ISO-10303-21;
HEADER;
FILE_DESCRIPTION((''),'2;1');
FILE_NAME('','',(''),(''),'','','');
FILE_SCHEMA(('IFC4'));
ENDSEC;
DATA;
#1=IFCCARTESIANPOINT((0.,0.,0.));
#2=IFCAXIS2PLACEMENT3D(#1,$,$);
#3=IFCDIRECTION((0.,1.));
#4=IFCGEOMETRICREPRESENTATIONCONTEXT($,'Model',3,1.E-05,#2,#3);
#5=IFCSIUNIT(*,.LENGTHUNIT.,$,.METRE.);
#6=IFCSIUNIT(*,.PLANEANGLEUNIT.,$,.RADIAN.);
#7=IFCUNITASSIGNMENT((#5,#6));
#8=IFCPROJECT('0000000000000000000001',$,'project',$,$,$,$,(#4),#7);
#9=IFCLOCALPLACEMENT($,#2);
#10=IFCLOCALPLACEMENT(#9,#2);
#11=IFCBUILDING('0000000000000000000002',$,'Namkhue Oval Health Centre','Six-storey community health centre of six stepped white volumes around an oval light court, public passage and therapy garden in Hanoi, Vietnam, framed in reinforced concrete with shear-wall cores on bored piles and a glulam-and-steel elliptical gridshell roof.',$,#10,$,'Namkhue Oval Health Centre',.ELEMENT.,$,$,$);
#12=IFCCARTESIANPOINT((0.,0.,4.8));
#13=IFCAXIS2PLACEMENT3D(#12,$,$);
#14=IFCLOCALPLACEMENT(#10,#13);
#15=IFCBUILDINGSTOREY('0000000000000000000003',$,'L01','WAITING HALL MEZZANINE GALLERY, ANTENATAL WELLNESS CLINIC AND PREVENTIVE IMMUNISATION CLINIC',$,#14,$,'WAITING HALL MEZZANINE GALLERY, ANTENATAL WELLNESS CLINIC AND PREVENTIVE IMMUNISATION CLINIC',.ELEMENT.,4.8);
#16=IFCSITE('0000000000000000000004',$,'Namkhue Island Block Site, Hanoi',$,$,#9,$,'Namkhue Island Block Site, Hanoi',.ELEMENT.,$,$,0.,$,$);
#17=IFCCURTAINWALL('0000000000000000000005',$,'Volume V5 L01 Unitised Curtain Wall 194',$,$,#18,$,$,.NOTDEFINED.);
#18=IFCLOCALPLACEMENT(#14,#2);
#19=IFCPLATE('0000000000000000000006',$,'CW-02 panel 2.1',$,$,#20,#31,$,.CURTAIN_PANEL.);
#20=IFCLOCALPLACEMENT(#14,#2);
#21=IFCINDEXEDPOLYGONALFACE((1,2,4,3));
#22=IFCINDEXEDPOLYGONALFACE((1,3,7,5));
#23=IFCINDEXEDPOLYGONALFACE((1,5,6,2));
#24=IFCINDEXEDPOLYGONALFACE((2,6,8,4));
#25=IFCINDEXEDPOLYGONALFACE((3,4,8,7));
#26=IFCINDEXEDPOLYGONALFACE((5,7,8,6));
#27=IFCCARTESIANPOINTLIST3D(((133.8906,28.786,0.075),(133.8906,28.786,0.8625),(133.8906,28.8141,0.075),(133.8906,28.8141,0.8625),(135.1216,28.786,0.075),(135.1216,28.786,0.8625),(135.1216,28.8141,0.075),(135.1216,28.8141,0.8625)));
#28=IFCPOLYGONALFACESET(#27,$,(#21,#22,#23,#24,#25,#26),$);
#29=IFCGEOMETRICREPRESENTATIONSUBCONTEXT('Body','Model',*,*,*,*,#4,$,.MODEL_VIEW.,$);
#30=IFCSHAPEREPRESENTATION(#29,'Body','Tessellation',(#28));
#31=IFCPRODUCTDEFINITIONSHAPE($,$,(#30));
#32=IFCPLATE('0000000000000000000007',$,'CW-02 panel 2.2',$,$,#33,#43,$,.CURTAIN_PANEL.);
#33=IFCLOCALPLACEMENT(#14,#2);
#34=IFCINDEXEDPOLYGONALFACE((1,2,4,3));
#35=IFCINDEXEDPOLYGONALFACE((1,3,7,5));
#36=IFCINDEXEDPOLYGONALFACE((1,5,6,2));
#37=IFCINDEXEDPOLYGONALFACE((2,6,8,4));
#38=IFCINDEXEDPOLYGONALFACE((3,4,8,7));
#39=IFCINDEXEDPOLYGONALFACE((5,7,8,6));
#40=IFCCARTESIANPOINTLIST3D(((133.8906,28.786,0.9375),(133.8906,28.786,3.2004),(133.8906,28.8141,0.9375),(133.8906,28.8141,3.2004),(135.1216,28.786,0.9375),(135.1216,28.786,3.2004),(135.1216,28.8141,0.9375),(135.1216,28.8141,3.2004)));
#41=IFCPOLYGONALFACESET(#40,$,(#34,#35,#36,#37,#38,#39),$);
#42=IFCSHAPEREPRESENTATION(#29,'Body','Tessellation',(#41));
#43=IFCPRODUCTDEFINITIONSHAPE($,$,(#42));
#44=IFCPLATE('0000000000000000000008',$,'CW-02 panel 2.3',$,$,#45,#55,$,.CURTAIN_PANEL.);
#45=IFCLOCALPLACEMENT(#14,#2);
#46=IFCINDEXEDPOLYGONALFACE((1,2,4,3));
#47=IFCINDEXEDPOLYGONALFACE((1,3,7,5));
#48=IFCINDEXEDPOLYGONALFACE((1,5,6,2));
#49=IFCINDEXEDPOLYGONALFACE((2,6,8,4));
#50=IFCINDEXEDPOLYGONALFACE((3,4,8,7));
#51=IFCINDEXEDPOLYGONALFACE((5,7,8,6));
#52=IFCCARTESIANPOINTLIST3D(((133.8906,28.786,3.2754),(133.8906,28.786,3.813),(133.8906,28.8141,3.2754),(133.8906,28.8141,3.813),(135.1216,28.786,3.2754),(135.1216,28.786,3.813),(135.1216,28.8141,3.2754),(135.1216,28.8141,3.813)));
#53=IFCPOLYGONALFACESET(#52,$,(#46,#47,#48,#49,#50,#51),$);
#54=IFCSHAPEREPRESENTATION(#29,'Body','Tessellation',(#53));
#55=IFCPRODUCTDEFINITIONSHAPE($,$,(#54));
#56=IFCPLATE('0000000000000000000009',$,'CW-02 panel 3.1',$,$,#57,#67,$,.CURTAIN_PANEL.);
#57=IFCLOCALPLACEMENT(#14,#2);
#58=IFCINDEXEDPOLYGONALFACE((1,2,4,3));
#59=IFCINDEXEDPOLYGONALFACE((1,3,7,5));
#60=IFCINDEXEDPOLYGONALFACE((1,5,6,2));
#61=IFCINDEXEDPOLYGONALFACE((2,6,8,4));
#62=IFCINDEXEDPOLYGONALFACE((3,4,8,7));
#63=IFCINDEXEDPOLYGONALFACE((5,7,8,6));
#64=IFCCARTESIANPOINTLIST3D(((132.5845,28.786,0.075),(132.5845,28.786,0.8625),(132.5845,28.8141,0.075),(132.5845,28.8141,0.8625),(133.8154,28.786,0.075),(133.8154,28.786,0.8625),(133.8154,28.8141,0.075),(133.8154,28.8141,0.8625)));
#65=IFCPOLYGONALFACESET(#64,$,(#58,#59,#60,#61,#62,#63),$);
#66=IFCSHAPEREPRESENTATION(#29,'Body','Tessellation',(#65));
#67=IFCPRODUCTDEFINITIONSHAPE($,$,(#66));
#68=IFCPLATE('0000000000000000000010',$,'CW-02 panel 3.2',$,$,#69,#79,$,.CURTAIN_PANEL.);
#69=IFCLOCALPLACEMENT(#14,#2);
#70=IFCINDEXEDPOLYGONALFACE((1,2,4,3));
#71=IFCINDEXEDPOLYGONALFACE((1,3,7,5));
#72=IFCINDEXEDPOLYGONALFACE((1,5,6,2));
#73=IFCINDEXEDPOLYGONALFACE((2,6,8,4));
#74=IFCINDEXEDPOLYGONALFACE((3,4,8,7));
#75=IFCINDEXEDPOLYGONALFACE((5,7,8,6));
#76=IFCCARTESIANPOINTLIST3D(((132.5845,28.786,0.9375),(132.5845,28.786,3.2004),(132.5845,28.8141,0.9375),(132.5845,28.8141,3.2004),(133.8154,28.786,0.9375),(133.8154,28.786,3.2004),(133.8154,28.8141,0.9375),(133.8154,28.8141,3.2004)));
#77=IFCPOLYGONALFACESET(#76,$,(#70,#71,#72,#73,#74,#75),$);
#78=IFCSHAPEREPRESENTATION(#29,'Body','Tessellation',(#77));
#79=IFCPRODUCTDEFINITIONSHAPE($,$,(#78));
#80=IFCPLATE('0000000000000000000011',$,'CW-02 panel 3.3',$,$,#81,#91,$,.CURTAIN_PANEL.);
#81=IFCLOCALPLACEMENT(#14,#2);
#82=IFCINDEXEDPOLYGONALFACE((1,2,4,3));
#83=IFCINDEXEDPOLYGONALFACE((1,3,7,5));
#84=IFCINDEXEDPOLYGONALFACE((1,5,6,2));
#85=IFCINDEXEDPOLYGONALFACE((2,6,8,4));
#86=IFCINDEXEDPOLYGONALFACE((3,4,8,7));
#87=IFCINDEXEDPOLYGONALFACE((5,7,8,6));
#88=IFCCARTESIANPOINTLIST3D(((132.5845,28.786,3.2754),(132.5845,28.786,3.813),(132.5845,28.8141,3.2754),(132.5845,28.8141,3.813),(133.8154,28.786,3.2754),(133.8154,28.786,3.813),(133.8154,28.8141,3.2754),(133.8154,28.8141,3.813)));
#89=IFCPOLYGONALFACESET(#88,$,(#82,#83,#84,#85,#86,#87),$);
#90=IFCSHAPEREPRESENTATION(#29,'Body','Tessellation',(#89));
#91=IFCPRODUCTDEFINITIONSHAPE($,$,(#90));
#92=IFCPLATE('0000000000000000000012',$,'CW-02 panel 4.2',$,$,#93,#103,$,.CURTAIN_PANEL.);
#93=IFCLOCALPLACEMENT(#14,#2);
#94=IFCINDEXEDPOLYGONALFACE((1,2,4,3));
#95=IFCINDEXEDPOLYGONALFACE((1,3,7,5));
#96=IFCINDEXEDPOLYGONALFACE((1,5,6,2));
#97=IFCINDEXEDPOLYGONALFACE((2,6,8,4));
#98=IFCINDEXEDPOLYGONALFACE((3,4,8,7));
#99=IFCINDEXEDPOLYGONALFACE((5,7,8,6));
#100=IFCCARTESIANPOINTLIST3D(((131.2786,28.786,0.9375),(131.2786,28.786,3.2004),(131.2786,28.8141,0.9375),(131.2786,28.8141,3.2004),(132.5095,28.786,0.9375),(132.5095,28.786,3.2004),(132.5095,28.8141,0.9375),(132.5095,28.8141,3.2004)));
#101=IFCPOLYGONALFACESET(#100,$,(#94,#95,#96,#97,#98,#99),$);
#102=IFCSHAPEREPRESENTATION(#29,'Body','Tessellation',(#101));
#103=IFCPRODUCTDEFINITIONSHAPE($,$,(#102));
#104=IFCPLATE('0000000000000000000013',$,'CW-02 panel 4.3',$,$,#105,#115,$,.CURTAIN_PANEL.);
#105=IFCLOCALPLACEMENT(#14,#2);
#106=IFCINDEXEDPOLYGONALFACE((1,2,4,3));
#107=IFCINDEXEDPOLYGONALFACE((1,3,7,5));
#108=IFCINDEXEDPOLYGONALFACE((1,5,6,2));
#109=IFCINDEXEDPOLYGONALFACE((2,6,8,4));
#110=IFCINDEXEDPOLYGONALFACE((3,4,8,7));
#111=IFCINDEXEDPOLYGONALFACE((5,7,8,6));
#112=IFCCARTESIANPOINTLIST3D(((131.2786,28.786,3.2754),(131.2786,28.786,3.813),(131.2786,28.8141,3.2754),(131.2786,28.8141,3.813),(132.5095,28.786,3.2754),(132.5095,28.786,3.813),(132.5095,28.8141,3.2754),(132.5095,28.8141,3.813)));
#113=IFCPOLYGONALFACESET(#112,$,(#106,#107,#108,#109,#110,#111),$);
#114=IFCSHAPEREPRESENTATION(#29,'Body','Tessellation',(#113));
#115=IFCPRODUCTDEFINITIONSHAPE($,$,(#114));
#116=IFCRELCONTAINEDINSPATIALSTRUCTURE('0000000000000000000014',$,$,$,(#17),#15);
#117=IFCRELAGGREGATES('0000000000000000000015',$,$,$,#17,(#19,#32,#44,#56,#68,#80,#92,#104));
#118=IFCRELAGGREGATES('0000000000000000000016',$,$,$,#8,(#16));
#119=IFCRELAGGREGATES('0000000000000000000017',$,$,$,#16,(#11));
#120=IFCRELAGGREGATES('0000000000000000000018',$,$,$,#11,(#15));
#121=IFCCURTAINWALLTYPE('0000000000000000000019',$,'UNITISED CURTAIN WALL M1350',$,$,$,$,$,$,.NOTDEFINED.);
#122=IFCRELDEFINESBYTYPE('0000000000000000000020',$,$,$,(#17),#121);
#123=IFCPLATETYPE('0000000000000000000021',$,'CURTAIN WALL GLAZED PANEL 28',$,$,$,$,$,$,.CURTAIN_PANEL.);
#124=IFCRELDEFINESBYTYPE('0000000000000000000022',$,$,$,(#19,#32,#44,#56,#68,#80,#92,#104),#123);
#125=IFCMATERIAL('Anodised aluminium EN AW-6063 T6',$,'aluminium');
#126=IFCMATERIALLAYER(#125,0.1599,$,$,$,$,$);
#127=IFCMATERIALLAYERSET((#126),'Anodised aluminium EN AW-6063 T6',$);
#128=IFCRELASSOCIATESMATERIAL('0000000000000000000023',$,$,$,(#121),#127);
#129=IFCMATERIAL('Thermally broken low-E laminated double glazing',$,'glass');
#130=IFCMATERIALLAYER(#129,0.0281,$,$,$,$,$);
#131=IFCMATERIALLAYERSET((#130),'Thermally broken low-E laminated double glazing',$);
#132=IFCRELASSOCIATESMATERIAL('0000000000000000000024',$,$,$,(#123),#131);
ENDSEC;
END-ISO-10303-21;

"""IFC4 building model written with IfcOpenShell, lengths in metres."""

from ifc_helpers import new_model, si_unit, direction, frame, origin, origin_2d, place, context, subcontext, project, spatial, rectangle, extrude, material, layer, layer_set, type_object, element, aggregate, save


model = new_model("IFC4")

# Units and contexts
model_context = context("Model", 3, precision=1e-05, world=origin(), true_north=direction((0.0, 1.0)))
body_context = subcontext(model_context, "Body", "Model", "MODEL_VIEW")
ifc_project = project(units=[si_unit("LENGTHUNIT", "METRE"), si_unit("PLANEANGLEUNIT", "RADIAN")], contexts=[model_context])

# Site, building, storey
site_placement = place(None, origin())
site = spatial("IfcSite", under=ifc_project, at=site_placement, Name="Namkhue Island Block Site, Hanoi", LongName="Namkhue Island Block Site, Hanoi", CompositionType="ELEMENT", RefElevation=0.0)
building_placement = place(site_placement, origin())
building = spatial("IfcBuilding", under=site, at=building_placement, Name="Namkhue Oval Health Centre", Description="Six-storey community health centre of six stepped white volumes around an oval light court, public passage and therapy garden in Hanoi, Vietnam, framed in reinforced concrete with shear-wall cores on bored piles and a glulam-and-steel elliptical gridshell roof.", LongName="Namkhue Oval Health Centre", CompositionType="ELEMENT")
storey_placement = place(building_placement, frame((0.0, 0.0, 4.8)))
storey = spatial("IfcBuildingStorey", under=building, at=storey_placement, Name="L01", Description="WAITING HALL MEZZANINE GALLERY, ANTENATAL WELLNESS CLINIC AND PREVENTIVE IMMUNISATION CLINIC", LongName="WAITING HALL MEZZANINE GALLERY, ANTENATAL WELLNESS CLINIC AND PREVENTIVE IMMUNISATION CLINIC", CompositionType="ELEMENT", Elevation=4.8)

# Curtain wall, plates
ifc_material_1 = material(Name="Anodised aluminium EN AW-6063 T6", Category="aluminium")
ifc_layer_1 = layer(ifc_material_1, 0.1599)
ifc_layer_set_1 = layer_set([ifc_layer_1], Name="Anodised aluminium EN AW-6063 T6")
curtain_wall_type = type_object("IfcCurtainWallType", Name="UNITISED CURTAIN WALL M1350", PredefinedType="NOTDEFINED", material=ifc_layer_set_1)
curtain_wall_placement = place(storey_placement, origin())
curtain_wall = element("IfcCurtainWall", 1, at=curtain_wall_placement, inside=storey, type_object=curtain_wall_type, Name="Volume V5 L01 Unitised Curtain Wall 194", PredefinedType="NOTDEFINED")
ifc_material_2 = material(Name="Thermally broken low-E laminated double glazing", Category="glass")
ifc_layer_2 = layer(ifc_material_2, 0.0281)
ifc_layer_set_2 = layer_set([ifc_layer_2], Name="Thermally broken low-E laminated double glazing")
plate_type = type_object("IfcPlateType", Name="CURTAIN WALL GLAZED PANEL 28", PredefinedType="CURTAIN_PANEL", material=ifc_layer_set_2)
plate_1_placement = place(storey_placement, frame((134.5061, 28.8, 0.075), z_axis=(0.0, 0.0, 1.0), x_axis=(-1.0, 0.0, 0.0)))
plate_1 = element("IfcPlate", 2, at=plate_1_placement, type_object=plate_type, Name="CW-02 panel 2.1", PredefinedType="CURTAIN_PANEL", context=body_context, shape_type="SweptSolid", body=[
    extrude(rectangle(XDim=1.231, YDim=0.0281, at=origin_2d()), origin(), (0.0, 0.0, 1.0), 0.7876),
])
plate_2_placement = place(storey_placement, frame((134.5061, 28.8, 0.9375), z_axis=(0.0, 0.0, 1.0), x_axis=(-1.0, 0.0, 0.0)))
plate_2 = element("IfcPlate", 3, at=plate_2_placement, type_object=plate_type, Name="CW-02 panel 2.2", PredefinedType="CURTAIN_PANEL", context=body_context, shape_type="SweptSolid", body=[
    extrude(rectangle(XDim=1.231, YDim=0.0281, at=origin_2d()), origin(), (0.0, 0.0, 1.0), 2.2629),
])
plate_3_placement = place(storey_placement, frame((134.5061, 28.8, 3.2754), z_axis=(0.0, 0.0, 1.0), x_axis=(-1.0, 0.0, 0.0)))
plate_3 = element("IfcPlate", 4, at=plate_3_placement, type_object=plate_type, Name="CW-02 panel 2.3", PredefinedType="CURTAIN_PANEL", context=body_context, shape_type="SweptSolid", body=[
    extrude(rectangle(XDim=1.231, YDim=0.0281, at=origin_2d()), origin(), (0.0, 0.0, 1.0), 0.5376),
])
plate_4_placement = place(storey_placement, frame((133.2, 28.8, 0.075), z_axis=(0.0, 0.0, 1.0), x_axis=(-1.0, 0.0, 0.0)))
plate_4 = element("IfcPlate", 5, at=plate_4_placement, type_object=plate_type, Name="CW-02 panel 3.1", PredefinedType="CURTAIN_PANEL", context=body_context, shape_type="SweptSolid", body=[
    extrude(rectangle(XDim=1.231, YDim=0.0281, at=origin_2d()), origin(), (0.0, 0.0, 1.0), 0.7876),
])
plate_5_placement = place(storey_placement, frame((133.2, 28.8, 0.9375), z_axis=(0.0, 0.0, 1.0), x_axis=(-1.0, 0.0, 0.0)))
plate_5 = element("IfcPlate", 6, at=plate_5_placement, type_object=plate_type, Name="CW-02 panel 3.2", PredefinedType="CURTAIN_PANEL", context=body_context, shape_type="SweptSolid", body=[
    extrude(rectangle(XDim=1.231, YDim=0.0281, at=origin_2d()), origin(), (0.0, 0.0, 1.0), 2.2629),
])
plate_6_placement = place(storey_placement, frame((133.2, 28.8, 3.2754), z_axis=(0.0, 0.0, 1.0), x_axis=(-1.0, 0.0, 0.0)))
plate_6 = element("IfcPlate", 7, at=plate_6_placement, type_object=plate_type, Name="CW-02 panel 3.3", PredefinedType="CURTAIN_PANEL", context=body_context, shape_type="SweptSolid", body=[
    extrude(rectangle(XDim=1.231, YDim=0.0281, at=origin_2d()), origin(), (0.0, 0.0, 1.0), 0.5376),
])
plate_7_placement = place(storey_placement, frame((131.894, 28.8, 0.9375), z_axis=(0.0, 0.0, 1.0), x_axis=(-1.0, 0.0, 0.0)))
plate_7 = element("IfcPlate", 8, at=plate_7_placement, type_object=plate_type, Name="CW-02 panel 4.2", PredefinedType="CURTAIN_PANEL", context=body_context, shape_type="SweptSolid", body=[
    extrude(rectangle(XDim=1.231, YDim=0.0281, at=origin_2d()), origin(), (0.0, 0.0, 1.0), 2.2629),
])
plate_8_placement = place(storey_placement, frame((131.894, 28.8, 3.2754), z_axis=(0.0, 0.0, 1.0), x_axis=(-1.0, 0.0, 0.0)))
plate_8 = element("IfcPlate", 9, at=plate_8_placement, type_object=plate_type, Name="CW-02 panel 4.3", PredefinedType="CURTAIN_PANEL", context=body_context, shape_type="SweptSolid", body=[
    extrude(rectangle(XDim=1.231, YDim=0.0281, at=origin_2d()), origin(), (0.0, 0.0, 1.0), 0.5376),
])
aggregate(curtain_wall, [plate_1, plate_2, plate_3, plate_4, plate_5, plate_6, plate_7, plate_8])

save(model, "model.ifc")
